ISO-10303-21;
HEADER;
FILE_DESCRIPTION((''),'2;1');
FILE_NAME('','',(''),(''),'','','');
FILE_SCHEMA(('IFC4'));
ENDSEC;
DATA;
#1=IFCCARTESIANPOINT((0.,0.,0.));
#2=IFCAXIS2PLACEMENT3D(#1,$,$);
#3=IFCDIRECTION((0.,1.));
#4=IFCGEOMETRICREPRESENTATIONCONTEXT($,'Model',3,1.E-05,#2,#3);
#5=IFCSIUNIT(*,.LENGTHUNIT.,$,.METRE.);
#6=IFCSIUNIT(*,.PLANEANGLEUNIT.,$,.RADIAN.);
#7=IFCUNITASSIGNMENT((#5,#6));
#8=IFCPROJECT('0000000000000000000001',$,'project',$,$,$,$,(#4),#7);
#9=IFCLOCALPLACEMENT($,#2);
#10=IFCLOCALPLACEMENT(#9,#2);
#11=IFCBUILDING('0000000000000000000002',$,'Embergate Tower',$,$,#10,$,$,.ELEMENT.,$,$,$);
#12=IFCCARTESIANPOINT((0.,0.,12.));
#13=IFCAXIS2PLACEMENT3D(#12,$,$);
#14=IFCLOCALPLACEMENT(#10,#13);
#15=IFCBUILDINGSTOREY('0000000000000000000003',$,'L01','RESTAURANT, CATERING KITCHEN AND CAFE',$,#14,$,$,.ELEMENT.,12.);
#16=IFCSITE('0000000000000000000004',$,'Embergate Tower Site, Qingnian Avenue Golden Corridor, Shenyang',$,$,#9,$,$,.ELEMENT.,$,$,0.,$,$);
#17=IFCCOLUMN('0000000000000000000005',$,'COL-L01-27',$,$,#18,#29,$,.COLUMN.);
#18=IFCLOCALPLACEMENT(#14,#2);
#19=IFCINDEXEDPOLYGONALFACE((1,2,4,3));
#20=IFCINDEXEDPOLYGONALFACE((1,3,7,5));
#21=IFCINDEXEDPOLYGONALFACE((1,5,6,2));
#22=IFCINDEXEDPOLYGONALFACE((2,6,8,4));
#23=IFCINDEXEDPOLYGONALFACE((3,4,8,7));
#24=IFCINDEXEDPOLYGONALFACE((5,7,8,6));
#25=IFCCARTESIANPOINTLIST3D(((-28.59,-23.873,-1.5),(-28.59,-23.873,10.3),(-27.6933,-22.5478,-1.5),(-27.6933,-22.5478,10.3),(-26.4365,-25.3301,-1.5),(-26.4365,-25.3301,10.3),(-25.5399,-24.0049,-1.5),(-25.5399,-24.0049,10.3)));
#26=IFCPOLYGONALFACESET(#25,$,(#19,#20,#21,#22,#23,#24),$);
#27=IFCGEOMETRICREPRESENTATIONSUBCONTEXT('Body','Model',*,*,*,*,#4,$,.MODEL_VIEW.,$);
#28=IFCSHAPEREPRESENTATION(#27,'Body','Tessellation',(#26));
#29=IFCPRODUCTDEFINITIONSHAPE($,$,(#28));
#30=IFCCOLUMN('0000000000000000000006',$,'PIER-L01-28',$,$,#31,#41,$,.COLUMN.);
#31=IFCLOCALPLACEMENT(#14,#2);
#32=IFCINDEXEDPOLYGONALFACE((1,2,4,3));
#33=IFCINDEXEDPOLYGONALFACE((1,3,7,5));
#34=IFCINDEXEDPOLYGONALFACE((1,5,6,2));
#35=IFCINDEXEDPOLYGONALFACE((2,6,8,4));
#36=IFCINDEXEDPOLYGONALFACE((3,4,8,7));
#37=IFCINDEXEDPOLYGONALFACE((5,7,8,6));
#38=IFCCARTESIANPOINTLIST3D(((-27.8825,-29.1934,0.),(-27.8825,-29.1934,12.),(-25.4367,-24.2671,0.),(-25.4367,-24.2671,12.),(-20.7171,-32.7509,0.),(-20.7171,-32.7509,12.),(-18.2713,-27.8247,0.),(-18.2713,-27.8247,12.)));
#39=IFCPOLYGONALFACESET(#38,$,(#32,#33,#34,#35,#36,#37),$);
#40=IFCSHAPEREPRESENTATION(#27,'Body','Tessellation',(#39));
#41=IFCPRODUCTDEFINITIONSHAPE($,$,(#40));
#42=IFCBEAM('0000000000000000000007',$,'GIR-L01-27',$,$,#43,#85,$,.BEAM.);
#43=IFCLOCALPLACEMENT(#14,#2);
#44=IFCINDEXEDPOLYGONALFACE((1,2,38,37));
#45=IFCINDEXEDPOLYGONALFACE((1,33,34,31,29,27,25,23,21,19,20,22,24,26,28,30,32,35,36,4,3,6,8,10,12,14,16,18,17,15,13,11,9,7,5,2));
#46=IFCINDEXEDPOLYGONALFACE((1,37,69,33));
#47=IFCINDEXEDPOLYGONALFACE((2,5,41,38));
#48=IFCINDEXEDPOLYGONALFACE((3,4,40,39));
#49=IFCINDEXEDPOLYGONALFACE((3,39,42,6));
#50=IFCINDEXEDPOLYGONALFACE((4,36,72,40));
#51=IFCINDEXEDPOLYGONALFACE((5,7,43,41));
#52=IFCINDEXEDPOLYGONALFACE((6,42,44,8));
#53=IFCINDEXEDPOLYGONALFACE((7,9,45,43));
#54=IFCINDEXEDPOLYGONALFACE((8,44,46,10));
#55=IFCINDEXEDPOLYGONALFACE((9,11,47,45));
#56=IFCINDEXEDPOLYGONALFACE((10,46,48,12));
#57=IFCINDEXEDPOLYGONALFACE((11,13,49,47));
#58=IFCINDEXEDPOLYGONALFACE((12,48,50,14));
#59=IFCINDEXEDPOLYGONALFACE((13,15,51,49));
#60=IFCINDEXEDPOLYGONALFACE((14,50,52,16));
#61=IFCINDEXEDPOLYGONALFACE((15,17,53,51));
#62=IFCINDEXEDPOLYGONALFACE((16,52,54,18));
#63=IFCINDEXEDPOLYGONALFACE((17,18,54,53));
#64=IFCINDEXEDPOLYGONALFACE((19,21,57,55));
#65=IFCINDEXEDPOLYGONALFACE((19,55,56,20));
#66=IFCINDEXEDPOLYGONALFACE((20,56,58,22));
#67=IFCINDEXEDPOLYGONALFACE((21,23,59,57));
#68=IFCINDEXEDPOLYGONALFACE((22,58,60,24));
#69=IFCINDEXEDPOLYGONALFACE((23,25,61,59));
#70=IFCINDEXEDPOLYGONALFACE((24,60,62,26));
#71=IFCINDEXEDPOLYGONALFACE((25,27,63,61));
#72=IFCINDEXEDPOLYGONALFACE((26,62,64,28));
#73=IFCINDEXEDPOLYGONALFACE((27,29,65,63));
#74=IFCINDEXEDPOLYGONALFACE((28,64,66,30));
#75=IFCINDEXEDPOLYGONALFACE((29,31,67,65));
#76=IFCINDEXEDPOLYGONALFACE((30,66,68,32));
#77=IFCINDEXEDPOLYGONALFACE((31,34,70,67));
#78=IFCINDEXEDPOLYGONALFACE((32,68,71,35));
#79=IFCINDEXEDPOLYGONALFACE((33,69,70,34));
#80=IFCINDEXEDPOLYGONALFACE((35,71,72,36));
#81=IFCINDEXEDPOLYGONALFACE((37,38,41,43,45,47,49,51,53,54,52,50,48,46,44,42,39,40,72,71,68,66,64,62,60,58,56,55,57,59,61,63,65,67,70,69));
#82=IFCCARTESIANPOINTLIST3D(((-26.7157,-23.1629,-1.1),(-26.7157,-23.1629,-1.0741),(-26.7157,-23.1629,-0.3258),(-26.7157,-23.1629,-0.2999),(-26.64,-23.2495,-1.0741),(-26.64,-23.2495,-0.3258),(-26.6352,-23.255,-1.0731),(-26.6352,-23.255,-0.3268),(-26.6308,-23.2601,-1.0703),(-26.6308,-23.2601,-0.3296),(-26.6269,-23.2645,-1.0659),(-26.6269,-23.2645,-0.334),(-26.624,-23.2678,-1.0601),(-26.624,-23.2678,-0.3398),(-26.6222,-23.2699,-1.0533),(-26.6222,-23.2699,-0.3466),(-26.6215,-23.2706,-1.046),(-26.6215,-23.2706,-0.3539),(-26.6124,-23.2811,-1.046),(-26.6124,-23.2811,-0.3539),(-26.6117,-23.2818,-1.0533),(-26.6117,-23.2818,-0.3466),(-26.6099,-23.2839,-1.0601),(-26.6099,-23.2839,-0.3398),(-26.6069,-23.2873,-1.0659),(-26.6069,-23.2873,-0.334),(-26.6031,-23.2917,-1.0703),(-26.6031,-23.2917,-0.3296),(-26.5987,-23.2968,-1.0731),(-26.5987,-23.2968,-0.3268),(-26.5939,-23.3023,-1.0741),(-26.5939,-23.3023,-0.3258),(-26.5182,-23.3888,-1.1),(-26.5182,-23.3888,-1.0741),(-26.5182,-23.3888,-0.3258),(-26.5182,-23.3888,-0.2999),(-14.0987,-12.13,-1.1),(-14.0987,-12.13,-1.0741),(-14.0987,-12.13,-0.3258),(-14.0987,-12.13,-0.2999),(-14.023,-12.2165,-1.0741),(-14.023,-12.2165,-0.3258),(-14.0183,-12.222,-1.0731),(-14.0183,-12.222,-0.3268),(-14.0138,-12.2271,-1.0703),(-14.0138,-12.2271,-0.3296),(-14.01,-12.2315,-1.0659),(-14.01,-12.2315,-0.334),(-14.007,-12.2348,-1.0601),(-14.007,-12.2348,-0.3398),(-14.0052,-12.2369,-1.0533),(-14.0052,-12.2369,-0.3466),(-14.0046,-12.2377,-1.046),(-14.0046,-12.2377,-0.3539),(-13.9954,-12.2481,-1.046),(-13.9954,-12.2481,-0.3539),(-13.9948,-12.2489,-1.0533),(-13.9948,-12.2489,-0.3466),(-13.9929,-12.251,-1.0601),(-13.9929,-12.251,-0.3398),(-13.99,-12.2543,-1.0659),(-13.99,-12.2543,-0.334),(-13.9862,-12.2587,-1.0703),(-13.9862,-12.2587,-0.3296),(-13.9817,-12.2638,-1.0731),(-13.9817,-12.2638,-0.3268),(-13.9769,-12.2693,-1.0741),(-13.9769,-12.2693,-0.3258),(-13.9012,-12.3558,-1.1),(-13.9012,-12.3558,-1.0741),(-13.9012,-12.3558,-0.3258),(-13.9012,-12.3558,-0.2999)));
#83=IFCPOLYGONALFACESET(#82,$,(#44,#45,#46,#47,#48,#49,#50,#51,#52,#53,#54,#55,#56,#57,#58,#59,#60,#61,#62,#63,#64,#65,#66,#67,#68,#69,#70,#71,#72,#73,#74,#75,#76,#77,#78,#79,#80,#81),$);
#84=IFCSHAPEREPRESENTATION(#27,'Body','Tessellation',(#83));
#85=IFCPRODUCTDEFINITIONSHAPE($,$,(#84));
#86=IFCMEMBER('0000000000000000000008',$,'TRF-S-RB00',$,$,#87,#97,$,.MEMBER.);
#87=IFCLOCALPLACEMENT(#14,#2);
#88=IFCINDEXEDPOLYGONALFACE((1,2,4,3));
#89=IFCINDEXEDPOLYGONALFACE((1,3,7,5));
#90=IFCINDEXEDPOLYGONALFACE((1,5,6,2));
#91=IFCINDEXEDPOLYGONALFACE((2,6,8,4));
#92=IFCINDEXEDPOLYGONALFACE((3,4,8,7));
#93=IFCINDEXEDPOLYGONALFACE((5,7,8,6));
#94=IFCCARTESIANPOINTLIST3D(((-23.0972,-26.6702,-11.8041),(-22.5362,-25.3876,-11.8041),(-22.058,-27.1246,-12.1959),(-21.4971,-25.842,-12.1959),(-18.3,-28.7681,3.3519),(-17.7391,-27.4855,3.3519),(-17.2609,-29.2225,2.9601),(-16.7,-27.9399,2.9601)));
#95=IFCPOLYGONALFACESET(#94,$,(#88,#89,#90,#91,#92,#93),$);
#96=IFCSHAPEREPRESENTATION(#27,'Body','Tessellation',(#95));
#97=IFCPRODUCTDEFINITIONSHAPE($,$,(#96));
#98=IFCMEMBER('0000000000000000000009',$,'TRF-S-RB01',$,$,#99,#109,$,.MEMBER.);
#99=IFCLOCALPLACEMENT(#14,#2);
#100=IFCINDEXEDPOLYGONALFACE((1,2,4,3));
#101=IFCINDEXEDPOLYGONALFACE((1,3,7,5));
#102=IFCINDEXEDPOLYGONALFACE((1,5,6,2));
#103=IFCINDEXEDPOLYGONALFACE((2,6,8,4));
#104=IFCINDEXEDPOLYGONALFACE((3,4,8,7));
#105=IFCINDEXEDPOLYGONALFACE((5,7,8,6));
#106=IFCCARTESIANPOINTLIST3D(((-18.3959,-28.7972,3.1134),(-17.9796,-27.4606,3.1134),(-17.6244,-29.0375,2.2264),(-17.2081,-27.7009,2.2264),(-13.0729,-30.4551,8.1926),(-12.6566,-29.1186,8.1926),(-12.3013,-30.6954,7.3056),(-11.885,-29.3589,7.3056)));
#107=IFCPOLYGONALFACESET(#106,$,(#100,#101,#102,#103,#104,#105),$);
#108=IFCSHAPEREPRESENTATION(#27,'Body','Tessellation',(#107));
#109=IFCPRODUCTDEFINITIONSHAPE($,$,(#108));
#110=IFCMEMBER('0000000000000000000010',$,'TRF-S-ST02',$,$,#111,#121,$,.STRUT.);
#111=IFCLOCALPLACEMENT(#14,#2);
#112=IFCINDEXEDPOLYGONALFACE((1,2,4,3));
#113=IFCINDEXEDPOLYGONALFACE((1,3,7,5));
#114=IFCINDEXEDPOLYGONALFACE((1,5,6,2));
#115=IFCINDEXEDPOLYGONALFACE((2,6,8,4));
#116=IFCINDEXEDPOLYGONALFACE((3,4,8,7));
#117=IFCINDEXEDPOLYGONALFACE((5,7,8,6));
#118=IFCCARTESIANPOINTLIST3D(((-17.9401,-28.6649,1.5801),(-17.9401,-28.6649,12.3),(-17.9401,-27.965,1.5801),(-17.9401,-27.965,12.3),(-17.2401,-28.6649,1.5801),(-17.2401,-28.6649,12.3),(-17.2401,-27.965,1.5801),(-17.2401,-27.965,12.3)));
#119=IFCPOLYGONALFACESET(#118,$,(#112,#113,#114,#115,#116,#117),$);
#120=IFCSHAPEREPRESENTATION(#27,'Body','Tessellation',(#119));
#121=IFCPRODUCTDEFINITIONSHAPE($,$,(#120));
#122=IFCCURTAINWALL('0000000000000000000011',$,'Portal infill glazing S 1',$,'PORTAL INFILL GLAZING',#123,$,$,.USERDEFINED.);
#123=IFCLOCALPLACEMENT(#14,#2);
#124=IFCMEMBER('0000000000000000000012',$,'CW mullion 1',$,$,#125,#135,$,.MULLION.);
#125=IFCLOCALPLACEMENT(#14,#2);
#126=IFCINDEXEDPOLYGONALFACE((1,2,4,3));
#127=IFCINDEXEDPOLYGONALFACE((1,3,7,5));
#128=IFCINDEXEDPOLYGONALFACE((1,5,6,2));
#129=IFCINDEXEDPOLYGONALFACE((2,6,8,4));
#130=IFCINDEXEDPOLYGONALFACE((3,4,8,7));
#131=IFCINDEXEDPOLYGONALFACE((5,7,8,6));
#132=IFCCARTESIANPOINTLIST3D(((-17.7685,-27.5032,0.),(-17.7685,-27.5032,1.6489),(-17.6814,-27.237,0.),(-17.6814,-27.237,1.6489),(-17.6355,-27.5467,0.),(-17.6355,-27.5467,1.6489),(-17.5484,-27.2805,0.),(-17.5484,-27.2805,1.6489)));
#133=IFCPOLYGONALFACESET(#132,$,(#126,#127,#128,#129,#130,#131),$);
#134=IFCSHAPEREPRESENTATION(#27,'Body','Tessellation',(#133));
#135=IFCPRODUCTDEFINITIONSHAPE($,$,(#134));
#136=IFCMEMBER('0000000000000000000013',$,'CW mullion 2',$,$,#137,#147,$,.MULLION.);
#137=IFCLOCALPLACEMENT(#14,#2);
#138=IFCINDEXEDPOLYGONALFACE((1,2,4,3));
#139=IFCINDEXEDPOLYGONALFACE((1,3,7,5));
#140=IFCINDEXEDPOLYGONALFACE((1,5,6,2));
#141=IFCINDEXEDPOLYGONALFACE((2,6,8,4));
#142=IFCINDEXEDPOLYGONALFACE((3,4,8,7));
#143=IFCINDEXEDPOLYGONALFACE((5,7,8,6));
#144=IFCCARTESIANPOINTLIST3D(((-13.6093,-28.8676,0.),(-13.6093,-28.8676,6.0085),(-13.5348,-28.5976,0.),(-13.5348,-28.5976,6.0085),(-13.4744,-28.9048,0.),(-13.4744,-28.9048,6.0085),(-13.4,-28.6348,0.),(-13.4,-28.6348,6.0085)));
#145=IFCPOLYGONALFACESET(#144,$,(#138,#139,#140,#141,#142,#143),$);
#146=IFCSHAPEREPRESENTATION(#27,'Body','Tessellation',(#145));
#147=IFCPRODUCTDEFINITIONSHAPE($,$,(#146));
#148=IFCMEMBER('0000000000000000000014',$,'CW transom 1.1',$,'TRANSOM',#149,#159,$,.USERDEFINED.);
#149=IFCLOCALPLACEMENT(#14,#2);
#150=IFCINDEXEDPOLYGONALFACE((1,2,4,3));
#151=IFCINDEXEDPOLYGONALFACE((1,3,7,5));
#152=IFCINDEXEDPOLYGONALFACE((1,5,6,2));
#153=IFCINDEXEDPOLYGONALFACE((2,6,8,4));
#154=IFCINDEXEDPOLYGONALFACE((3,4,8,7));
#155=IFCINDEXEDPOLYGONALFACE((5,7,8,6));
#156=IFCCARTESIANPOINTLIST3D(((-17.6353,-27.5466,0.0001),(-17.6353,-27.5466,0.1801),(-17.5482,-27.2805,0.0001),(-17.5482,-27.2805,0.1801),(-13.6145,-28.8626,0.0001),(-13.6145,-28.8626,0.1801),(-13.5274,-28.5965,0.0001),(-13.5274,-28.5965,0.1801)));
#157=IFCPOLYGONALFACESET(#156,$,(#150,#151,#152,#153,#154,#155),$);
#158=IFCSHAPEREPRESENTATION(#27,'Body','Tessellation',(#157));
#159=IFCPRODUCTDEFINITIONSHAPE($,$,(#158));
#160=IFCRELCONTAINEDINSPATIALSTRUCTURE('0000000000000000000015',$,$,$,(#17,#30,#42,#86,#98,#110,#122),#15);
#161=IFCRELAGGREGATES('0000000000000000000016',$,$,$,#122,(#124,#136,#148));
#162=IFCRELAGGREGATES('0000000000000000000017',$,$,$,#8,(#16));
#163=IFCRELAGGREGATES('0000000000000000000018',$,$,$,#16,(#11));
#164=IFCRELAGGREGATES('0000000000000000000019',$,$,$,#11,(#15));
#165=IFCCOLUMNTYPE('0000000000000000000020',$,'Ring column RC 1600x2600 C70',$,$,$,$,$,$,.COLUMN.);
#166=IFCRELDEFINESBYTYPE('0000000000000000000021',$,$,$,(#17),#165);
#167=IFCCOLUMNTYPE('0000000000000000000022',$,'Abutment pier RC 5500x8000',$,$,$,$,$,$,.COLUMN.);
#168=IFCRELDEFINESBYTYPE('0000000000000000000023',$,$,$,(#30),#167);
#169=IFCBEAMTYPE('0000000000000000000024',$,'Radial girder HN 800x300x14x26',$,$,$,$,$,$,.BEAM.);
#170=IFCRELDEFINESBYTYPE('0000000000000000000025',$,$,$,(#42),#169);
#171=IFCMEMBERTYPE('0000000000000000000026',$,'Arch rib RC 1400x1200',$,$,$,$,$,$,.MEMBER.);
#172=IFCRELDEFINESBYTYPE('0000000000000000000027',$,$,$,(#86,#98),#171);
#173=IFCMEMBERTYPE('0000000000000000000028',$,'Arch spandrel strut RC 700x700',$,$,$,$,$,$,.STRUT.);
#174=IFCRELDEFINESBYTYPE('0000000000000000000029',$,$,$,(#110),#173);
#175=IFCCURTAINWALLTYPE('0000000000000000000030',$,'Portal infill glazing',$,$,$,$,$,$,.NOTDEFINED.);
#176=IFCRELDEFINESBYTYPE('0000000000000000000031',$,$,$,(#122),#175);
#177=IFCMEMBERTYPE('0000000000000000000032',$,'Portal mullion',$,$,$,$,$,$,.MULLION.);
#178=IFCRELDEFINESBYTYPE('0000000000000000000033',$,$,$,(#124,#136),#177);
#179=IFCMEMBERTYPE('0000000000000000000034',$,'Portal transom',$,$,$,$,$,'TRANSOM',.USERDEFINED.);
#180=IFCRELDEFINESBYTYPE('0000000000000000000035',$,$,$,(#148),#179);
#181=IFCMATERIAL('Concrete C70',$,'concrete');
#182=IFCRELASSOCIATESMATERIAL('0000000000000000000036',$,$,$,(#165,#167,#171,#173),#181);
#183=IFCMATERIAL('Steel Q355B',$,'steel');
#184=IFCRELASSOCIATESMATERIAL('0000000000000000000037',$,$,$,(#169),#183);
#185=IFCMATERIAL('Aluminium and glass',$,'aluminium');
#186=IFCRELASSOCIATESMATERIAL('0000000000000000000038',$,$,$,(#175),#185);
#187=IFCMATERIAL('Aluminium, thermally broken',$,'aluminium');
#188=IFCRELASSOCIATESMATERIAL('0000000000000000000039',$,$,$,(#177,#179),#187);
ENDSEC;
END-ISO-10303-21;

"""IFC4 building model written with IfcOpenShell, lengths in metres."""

from ifc_helpers import new_model, si_unit, direction, frame, origin, origin_2d, place, context, subcontext, project, spatial, rectangle, i_section, extrude, source, transform, mapped, material, material_profile, profile_set, type_object, element, aggregate, save


model = new_model("IFC4")

# Units and contexts
model_context = context("Model", 3, precision=1e-05, world=origin(), true_north=direction((0.0, 1.0)))
body_context = subcontext(model_context, "Body", "Model", "MODEL_VIEW")
ifc_project = project(units=[si_unit("LENGTHUNIT", "METRE"), si_unit("PLANEANGLEUNIT", "RADIAN")], contexts=[model_context])

# Site, building, storey
site_placement = place(None, origin())
site = spatial("IfcSite", under=ifc_project, at=site_placement, Name="Embergate Tower Site, Qingnian Avenue Golden Corridor, Shenyang", CompositionType="ELEMENT", RefElevation=0.0)
building_placement = place(site_placement, origin())
building = spatial("IfcBuilding", under=site, at=building_placement, Name="Embergate Tower", CompositionType="ELEMENT")
storey_placement = place(building_placement, frame((0.0, 0.0, 12.0)))
storey = spatial("IfcBuildingStorey", under=building, at=storey_placement, Name="L01", Description="RESTAURANT, CATERING KITCHEN AND CAFE", CompositionType="ELEMENT", Elevation=12.0)

# Columns
ifc_material_1 = material(Name="Concrete C70", Category="concrete")
ifc_material_profile_1 = material_profile(ifc_material_1, rectangle(XDim=1.6001, YDim=2.6001, at=origin_2d()), Name="RC 1600x2600")
ifc_profile_set_1 = profile_set([ifc_material_profile_1], Name="Concrete C70")
column_type_1 = type_object("IfcColumnType", Name="Ring column RC 1600x2600 C70", PredefinedType="COLUMN", material=ifc_profile_set_1)
shared_shape_1 = source(origin(), body_context, "Body", "SweptSolid", [
    extrude(rectangle(XDim=1.6001, YDim=2.6001, at=origin_2d()), origin(), (0.0, 0.0, 1.0), 11.8),
])
column_1_placement = place(storey_placement, frame((-27.0649, -23.939, -1.5), z_axis=(0.0, 0.0, 1.0), x_axis=(-0.560393, -0.828227, 0.0)))
element("IfcColumn", 1, at=column_1_placement, inside=storey, type_object=column_type_1, Name="COL-L01-27", PredefinedType="COLUMN", context=body_context, shape_type="MappedRepresentation", body=[
    mapped(shared_shape_1, transform((0.0, 0.0, 0.0))),
])
ifc_material_profile_2 = material_profile(ifc_material_1, rectangle(XDim=5.5, YDim=8.0, at=origin_2d()), Name="RC 5500x8000")
ifc_profile_set_2 = profile_set([ifc_material_profile_2], Name="Concrete C70")
column_type_2 = type_object("IfcColumnType", Name="Abutment pier RC 5500x8000", PredefinedType="COLUMN", material=ifc_profile_set_2)
shared_shape_2 = source(origin(), body_context, "Body", "SweptSolid", [
    extrude(rectangle(XDim=5.5, YDim=8.0, at=origin_2d()), origin(), (0.0, 0.0, 1.0), 12.0),
])
column_2_placement = place(storey_placement, frame((-23.0769, -28.509, 0.0), z_axis=(0.0, 0.0, 1.0), x_axis=(-0.444698, -0.895681, 0.0)))
element("IfcColumn", 2, at=column_2_placement, inside=storey, type_object=column_type_2, Name="PIER-L01-28", PredefinedType="COLUMN", context=body_context, shape_type="MappedRepresentation", body=[
    mapped(shared_shape_2, transform((0.0, 0.0, 0.0))),
])

# Beam
ifc_material_2 = material(Name="Steel Q355B", Category="steel")
ifc_material_profile_3 = material_profile(ifc_material_2, i_section(OverallWidth=0.3, OverallDepth=0.8, WebThickness=0.0139, FlangeThickness=0.0259, FilletRadius=0.0281, at=origin_2d()), Name="HN 800x300x14x26")
ifc_profile_set_3 = profile_set([ifc_material_profile_3], Name="Steel Q355 grade B")
beam_type = type_object("IfcBeamType", Name="Radial girder HN 800x300x14x26", PredefinedType="BEAM", material=ifc_profile_set_3)
shared_shape_3 = source(origin(), body_context, "Body", "SweptSolid", [
    extrude(i_section(OverallWidth=0.3, OverallDepth=0.8, WebThickness=0.0139, FlangeThickness=0.0259, FilletRadius=0.0281, at=origin_2d()), origin(), (0.0, 0.0, 1.0), 16.7605),
])
beam_placement = place(storey_placement, frame((-26.6169, -23.2759, -0.7), z_axis=(0.75278, 0.658273, 0.0), x_axis=(-0.658273, 0.75278, 0.0)))
element("IfcBeam", 3, at=beam_placement, inside=storey, type_object=beam_type, Name="GIR-L01-27", PredefinedType="BEAM", context=body_context, shape_type="MappedRepresentation", body=[
    mapped(shared_shape_3, transform((0.0, 0.0, 0.0))),
])

# Members
ifc_material_profile_4 = material_profile(ifc_material_1, rectangle(XDim=1.3999, YDim=1.2, at=origin_2d()), Name="RC 1400x1200")
ifc_profile_set_4 = profile_set([ifc_material_profile_4], Name="Concrete C70")
member_type_1 = type_object("IfcMemberType", Name="Arch rib RC 1400x1200", PredefinedType="MEMBER", material=ifc_profile_set_4)
shared_shape_4 = source(origin(), body_context, "Body", "SweptSolid", [
    extrude(rectangle(XDim=1.3999, YDim=1.2, at=origin_2d()), origin(), (0.0, 0.0, 1.0), 16.0349),
])
member_1_placement = place(storey_placement, frame((-22.2971, -26.2561, -12.0), z_axis=(0.299167, -0.130833, 0.945189), x_axis=(0.400684, 0.916216, 0.0)))
element("IfcMember", 4, at=member_1_placement, inside=storey, type_object=member_type_1, Name="TRF-S-RB00", PredefinedType="MEMBER", context=body_context, shape_type="MappedRepresentation", body=[
    mapped(shared_shape_4, transform((0.0, 0.0, 0.0))),
])
shared_shape_5 = source(origin(), body_context, "Body", "SweptSolid", [
    extrude(rectangle(XDim=1.3999, YDim=1.2, at=origin_2d()), origin(), (0.0, 0.0, 1.0), 7.542),
])
member_2_placement = place(storey_placement, frame((-17.802, -28.249, 2.6699), z_axis=(0.705789, -0.219833, 0.67345), x_axis=(0.29738, 0.954759, 0.0)))
element("IfcMember", 5, at=member_2_placement, inside=storey, type_object=member_type_1, Name="TRF-S-RB01", PredefinedType="MEMBER", context=body_context, shape_type="MappedRepresentation", body=[
    mapped(shared_shape_5, transform((0.0, 0.0, 0.0))),
])
ifc_material_profile_5 = material_profile(ifc_material_1, rectangle(XDim=0.7, YDim=0.7, at=origin_2d()), Name="RC 700x700")
ifc_profile_set_5 = profile_set([ifc_material_profile_5], Name="Concrete C70")
member_type_2 = type_object("IfcMemberType", Name="Arch spandrel strut RC 700x700", PredefinedType="STRUT", material=ifc_profile_set_5)
shared_shape_6 = source(origin(), body_context, "Body", "SweptSolid", [
    extrude(rectangle(XDim=0.7, YDim=0.7, at=origin_2d()), origin(), (0.0, 0.0, 1.0), 10.72),
])
member_3_placement = place(storey_placement, frame((-17.5901, -28.3149, 1.5801), z_axis=(0.0, 0.0, 1.0), x_axis=(1.0, 0.0, 0.0)))
element("IfcMember", 6, at=member_3_placement, inside=storey, type_object=member_type_2, Name="TRF-S-ST02", PredefinedType="STRUT", context=body_context, shape_type="MappedRepresentation", body=[
    mapped(shared_shape_6, transform((0.0, 0.0, 0.0))),
])

# Curtain wall, members
ifc_material_3 = material(Name="Aluminium and glass", Category="aluminium")
curtain_wall_type = type_object("IfcCurtainWallType", Name="Portal infill glazing", PredefinedType="NOTDEFINED", material=ifc_material_3)
curtain_wall_placement = place(storey_placement, origin())
curtain_wall = element("IfcCurtainWall", 7, at=curtain_wall_placement, inside=storey, type_object=curtain_wall_type, Name="Portal infill glazing S 1", ObjectType="PORTAL INFILL GLAZING", PredefinedType="USERDEFINED")
ifc_material_4 = material(Name="Aluminium, thermally broken", Category="aluminium")
ifc_material_profile_6 = material_profile(ifc_material_4, rectangle(XDim=0.28, YDim=0.1399, at=origin_2d()), Name="AL 140x280")
ifc_profile_set_6 = profile_set([ifc_material_profile_6], Name="Aluminium, thermally broken")
member_type_3 = type_object("IfcMemberType", Name="Portal mullion", PredefinedType="MULLION", material=ifc_profile_set_6)
shared_shape_7 = source(origin(), body_context, "Body", "SweptSolid", [
    extrude(rectangle(XDim=0.28, YDim=0.1399, at=origin_2d()), origin(), (0.0, 0.0, 1.0), 1.6489),
])
member_4_placement = place(storey_placement, frame((-17.6584, -27.3918, 0.0), z_axis=(0.0, 0.0, 1.0), x_axis=(0.311045, 0.950395, 0.0)))
member_4 = element("IfcMember", 8, at=member_4_placement, type_object=member_type_3, Name="CW mullion 1", PredefinedType="MULLION", context=body_context, shape_type="MappedRepresentation", body=[
    mapped(shared_shape_7, transform((0.0, 0.0, 0.0))),
])
shared_shape_8 = source(origin(), body_context, "Body", "SweptSolid", [
    extrude(rectangle(XDim=0.28, YDim=0.1399, at=origin_2d()), origin(), (0.0, 0.0, 1.0), 6.0085),
])
member_5_placement = place(storey_placement, frame((-13.5046, -28.7512, 0.0), z_axis=(0.0, 0.0, 1.0), x_axis=(0.265925, 0.963994, 0.0)))
member_5 = element("IfcMember", 9, at=member_5_placement, type_object=member_type_3, Name="CW mullion 2", PredefinedType="MULLION", context=body_context, shape_type="MappedRepresentation", body=[
    mapped(shared_shape_8, transform((0.0, 0.0, 0.0))),
])
ifc_material_profile_7 = material_profile(ifc_material_4, rectangle(XDim=0.28, YDim=0.1799, at=origin_2d()), Name="AL 180x280")
ifc_profile_set_7 = profile_set([ifc_material_profile_7], Name="Aluminium, thermally broken")
member_type_4 = type_object("IfcMemberType", Name="Portal transom", ElementType="TRANSOM", PredefinedType="USERDEFINED", material=ifc_profile_set_7)
shared_shape_9 = source(origin(), body_context, "Body", "SweptSolid", [
    extrude(rectangle(XDim=0.28, YDim=0.1799, at=origin_2d()), origin(), (0.0, 0.0, 1.0), 4.2307),
])
member_6_placement = place(storey_placement, frame((-17.5918, -27.4136, 0.0901), z_axis=(0.950395, -0.311047, 0.0), x_axis=(0.311047, 0.950395, 0.0)))
member_6 = element("IfcMember", 10, at=member_6_placement, type_object=member_type_4, Name="CW transom 1.1", ObjectType="TRANSOM", PredefinedType="USERDEFINED", context=body_context, shape_type="MappedRepresentation", body=[
    mapped(shared_shape_9, transform((0.0, 0.0, 0.0))),
])
aggregate(curtain_wall, [member_4, member_5, member_6])

save(model, "model.ifc")
